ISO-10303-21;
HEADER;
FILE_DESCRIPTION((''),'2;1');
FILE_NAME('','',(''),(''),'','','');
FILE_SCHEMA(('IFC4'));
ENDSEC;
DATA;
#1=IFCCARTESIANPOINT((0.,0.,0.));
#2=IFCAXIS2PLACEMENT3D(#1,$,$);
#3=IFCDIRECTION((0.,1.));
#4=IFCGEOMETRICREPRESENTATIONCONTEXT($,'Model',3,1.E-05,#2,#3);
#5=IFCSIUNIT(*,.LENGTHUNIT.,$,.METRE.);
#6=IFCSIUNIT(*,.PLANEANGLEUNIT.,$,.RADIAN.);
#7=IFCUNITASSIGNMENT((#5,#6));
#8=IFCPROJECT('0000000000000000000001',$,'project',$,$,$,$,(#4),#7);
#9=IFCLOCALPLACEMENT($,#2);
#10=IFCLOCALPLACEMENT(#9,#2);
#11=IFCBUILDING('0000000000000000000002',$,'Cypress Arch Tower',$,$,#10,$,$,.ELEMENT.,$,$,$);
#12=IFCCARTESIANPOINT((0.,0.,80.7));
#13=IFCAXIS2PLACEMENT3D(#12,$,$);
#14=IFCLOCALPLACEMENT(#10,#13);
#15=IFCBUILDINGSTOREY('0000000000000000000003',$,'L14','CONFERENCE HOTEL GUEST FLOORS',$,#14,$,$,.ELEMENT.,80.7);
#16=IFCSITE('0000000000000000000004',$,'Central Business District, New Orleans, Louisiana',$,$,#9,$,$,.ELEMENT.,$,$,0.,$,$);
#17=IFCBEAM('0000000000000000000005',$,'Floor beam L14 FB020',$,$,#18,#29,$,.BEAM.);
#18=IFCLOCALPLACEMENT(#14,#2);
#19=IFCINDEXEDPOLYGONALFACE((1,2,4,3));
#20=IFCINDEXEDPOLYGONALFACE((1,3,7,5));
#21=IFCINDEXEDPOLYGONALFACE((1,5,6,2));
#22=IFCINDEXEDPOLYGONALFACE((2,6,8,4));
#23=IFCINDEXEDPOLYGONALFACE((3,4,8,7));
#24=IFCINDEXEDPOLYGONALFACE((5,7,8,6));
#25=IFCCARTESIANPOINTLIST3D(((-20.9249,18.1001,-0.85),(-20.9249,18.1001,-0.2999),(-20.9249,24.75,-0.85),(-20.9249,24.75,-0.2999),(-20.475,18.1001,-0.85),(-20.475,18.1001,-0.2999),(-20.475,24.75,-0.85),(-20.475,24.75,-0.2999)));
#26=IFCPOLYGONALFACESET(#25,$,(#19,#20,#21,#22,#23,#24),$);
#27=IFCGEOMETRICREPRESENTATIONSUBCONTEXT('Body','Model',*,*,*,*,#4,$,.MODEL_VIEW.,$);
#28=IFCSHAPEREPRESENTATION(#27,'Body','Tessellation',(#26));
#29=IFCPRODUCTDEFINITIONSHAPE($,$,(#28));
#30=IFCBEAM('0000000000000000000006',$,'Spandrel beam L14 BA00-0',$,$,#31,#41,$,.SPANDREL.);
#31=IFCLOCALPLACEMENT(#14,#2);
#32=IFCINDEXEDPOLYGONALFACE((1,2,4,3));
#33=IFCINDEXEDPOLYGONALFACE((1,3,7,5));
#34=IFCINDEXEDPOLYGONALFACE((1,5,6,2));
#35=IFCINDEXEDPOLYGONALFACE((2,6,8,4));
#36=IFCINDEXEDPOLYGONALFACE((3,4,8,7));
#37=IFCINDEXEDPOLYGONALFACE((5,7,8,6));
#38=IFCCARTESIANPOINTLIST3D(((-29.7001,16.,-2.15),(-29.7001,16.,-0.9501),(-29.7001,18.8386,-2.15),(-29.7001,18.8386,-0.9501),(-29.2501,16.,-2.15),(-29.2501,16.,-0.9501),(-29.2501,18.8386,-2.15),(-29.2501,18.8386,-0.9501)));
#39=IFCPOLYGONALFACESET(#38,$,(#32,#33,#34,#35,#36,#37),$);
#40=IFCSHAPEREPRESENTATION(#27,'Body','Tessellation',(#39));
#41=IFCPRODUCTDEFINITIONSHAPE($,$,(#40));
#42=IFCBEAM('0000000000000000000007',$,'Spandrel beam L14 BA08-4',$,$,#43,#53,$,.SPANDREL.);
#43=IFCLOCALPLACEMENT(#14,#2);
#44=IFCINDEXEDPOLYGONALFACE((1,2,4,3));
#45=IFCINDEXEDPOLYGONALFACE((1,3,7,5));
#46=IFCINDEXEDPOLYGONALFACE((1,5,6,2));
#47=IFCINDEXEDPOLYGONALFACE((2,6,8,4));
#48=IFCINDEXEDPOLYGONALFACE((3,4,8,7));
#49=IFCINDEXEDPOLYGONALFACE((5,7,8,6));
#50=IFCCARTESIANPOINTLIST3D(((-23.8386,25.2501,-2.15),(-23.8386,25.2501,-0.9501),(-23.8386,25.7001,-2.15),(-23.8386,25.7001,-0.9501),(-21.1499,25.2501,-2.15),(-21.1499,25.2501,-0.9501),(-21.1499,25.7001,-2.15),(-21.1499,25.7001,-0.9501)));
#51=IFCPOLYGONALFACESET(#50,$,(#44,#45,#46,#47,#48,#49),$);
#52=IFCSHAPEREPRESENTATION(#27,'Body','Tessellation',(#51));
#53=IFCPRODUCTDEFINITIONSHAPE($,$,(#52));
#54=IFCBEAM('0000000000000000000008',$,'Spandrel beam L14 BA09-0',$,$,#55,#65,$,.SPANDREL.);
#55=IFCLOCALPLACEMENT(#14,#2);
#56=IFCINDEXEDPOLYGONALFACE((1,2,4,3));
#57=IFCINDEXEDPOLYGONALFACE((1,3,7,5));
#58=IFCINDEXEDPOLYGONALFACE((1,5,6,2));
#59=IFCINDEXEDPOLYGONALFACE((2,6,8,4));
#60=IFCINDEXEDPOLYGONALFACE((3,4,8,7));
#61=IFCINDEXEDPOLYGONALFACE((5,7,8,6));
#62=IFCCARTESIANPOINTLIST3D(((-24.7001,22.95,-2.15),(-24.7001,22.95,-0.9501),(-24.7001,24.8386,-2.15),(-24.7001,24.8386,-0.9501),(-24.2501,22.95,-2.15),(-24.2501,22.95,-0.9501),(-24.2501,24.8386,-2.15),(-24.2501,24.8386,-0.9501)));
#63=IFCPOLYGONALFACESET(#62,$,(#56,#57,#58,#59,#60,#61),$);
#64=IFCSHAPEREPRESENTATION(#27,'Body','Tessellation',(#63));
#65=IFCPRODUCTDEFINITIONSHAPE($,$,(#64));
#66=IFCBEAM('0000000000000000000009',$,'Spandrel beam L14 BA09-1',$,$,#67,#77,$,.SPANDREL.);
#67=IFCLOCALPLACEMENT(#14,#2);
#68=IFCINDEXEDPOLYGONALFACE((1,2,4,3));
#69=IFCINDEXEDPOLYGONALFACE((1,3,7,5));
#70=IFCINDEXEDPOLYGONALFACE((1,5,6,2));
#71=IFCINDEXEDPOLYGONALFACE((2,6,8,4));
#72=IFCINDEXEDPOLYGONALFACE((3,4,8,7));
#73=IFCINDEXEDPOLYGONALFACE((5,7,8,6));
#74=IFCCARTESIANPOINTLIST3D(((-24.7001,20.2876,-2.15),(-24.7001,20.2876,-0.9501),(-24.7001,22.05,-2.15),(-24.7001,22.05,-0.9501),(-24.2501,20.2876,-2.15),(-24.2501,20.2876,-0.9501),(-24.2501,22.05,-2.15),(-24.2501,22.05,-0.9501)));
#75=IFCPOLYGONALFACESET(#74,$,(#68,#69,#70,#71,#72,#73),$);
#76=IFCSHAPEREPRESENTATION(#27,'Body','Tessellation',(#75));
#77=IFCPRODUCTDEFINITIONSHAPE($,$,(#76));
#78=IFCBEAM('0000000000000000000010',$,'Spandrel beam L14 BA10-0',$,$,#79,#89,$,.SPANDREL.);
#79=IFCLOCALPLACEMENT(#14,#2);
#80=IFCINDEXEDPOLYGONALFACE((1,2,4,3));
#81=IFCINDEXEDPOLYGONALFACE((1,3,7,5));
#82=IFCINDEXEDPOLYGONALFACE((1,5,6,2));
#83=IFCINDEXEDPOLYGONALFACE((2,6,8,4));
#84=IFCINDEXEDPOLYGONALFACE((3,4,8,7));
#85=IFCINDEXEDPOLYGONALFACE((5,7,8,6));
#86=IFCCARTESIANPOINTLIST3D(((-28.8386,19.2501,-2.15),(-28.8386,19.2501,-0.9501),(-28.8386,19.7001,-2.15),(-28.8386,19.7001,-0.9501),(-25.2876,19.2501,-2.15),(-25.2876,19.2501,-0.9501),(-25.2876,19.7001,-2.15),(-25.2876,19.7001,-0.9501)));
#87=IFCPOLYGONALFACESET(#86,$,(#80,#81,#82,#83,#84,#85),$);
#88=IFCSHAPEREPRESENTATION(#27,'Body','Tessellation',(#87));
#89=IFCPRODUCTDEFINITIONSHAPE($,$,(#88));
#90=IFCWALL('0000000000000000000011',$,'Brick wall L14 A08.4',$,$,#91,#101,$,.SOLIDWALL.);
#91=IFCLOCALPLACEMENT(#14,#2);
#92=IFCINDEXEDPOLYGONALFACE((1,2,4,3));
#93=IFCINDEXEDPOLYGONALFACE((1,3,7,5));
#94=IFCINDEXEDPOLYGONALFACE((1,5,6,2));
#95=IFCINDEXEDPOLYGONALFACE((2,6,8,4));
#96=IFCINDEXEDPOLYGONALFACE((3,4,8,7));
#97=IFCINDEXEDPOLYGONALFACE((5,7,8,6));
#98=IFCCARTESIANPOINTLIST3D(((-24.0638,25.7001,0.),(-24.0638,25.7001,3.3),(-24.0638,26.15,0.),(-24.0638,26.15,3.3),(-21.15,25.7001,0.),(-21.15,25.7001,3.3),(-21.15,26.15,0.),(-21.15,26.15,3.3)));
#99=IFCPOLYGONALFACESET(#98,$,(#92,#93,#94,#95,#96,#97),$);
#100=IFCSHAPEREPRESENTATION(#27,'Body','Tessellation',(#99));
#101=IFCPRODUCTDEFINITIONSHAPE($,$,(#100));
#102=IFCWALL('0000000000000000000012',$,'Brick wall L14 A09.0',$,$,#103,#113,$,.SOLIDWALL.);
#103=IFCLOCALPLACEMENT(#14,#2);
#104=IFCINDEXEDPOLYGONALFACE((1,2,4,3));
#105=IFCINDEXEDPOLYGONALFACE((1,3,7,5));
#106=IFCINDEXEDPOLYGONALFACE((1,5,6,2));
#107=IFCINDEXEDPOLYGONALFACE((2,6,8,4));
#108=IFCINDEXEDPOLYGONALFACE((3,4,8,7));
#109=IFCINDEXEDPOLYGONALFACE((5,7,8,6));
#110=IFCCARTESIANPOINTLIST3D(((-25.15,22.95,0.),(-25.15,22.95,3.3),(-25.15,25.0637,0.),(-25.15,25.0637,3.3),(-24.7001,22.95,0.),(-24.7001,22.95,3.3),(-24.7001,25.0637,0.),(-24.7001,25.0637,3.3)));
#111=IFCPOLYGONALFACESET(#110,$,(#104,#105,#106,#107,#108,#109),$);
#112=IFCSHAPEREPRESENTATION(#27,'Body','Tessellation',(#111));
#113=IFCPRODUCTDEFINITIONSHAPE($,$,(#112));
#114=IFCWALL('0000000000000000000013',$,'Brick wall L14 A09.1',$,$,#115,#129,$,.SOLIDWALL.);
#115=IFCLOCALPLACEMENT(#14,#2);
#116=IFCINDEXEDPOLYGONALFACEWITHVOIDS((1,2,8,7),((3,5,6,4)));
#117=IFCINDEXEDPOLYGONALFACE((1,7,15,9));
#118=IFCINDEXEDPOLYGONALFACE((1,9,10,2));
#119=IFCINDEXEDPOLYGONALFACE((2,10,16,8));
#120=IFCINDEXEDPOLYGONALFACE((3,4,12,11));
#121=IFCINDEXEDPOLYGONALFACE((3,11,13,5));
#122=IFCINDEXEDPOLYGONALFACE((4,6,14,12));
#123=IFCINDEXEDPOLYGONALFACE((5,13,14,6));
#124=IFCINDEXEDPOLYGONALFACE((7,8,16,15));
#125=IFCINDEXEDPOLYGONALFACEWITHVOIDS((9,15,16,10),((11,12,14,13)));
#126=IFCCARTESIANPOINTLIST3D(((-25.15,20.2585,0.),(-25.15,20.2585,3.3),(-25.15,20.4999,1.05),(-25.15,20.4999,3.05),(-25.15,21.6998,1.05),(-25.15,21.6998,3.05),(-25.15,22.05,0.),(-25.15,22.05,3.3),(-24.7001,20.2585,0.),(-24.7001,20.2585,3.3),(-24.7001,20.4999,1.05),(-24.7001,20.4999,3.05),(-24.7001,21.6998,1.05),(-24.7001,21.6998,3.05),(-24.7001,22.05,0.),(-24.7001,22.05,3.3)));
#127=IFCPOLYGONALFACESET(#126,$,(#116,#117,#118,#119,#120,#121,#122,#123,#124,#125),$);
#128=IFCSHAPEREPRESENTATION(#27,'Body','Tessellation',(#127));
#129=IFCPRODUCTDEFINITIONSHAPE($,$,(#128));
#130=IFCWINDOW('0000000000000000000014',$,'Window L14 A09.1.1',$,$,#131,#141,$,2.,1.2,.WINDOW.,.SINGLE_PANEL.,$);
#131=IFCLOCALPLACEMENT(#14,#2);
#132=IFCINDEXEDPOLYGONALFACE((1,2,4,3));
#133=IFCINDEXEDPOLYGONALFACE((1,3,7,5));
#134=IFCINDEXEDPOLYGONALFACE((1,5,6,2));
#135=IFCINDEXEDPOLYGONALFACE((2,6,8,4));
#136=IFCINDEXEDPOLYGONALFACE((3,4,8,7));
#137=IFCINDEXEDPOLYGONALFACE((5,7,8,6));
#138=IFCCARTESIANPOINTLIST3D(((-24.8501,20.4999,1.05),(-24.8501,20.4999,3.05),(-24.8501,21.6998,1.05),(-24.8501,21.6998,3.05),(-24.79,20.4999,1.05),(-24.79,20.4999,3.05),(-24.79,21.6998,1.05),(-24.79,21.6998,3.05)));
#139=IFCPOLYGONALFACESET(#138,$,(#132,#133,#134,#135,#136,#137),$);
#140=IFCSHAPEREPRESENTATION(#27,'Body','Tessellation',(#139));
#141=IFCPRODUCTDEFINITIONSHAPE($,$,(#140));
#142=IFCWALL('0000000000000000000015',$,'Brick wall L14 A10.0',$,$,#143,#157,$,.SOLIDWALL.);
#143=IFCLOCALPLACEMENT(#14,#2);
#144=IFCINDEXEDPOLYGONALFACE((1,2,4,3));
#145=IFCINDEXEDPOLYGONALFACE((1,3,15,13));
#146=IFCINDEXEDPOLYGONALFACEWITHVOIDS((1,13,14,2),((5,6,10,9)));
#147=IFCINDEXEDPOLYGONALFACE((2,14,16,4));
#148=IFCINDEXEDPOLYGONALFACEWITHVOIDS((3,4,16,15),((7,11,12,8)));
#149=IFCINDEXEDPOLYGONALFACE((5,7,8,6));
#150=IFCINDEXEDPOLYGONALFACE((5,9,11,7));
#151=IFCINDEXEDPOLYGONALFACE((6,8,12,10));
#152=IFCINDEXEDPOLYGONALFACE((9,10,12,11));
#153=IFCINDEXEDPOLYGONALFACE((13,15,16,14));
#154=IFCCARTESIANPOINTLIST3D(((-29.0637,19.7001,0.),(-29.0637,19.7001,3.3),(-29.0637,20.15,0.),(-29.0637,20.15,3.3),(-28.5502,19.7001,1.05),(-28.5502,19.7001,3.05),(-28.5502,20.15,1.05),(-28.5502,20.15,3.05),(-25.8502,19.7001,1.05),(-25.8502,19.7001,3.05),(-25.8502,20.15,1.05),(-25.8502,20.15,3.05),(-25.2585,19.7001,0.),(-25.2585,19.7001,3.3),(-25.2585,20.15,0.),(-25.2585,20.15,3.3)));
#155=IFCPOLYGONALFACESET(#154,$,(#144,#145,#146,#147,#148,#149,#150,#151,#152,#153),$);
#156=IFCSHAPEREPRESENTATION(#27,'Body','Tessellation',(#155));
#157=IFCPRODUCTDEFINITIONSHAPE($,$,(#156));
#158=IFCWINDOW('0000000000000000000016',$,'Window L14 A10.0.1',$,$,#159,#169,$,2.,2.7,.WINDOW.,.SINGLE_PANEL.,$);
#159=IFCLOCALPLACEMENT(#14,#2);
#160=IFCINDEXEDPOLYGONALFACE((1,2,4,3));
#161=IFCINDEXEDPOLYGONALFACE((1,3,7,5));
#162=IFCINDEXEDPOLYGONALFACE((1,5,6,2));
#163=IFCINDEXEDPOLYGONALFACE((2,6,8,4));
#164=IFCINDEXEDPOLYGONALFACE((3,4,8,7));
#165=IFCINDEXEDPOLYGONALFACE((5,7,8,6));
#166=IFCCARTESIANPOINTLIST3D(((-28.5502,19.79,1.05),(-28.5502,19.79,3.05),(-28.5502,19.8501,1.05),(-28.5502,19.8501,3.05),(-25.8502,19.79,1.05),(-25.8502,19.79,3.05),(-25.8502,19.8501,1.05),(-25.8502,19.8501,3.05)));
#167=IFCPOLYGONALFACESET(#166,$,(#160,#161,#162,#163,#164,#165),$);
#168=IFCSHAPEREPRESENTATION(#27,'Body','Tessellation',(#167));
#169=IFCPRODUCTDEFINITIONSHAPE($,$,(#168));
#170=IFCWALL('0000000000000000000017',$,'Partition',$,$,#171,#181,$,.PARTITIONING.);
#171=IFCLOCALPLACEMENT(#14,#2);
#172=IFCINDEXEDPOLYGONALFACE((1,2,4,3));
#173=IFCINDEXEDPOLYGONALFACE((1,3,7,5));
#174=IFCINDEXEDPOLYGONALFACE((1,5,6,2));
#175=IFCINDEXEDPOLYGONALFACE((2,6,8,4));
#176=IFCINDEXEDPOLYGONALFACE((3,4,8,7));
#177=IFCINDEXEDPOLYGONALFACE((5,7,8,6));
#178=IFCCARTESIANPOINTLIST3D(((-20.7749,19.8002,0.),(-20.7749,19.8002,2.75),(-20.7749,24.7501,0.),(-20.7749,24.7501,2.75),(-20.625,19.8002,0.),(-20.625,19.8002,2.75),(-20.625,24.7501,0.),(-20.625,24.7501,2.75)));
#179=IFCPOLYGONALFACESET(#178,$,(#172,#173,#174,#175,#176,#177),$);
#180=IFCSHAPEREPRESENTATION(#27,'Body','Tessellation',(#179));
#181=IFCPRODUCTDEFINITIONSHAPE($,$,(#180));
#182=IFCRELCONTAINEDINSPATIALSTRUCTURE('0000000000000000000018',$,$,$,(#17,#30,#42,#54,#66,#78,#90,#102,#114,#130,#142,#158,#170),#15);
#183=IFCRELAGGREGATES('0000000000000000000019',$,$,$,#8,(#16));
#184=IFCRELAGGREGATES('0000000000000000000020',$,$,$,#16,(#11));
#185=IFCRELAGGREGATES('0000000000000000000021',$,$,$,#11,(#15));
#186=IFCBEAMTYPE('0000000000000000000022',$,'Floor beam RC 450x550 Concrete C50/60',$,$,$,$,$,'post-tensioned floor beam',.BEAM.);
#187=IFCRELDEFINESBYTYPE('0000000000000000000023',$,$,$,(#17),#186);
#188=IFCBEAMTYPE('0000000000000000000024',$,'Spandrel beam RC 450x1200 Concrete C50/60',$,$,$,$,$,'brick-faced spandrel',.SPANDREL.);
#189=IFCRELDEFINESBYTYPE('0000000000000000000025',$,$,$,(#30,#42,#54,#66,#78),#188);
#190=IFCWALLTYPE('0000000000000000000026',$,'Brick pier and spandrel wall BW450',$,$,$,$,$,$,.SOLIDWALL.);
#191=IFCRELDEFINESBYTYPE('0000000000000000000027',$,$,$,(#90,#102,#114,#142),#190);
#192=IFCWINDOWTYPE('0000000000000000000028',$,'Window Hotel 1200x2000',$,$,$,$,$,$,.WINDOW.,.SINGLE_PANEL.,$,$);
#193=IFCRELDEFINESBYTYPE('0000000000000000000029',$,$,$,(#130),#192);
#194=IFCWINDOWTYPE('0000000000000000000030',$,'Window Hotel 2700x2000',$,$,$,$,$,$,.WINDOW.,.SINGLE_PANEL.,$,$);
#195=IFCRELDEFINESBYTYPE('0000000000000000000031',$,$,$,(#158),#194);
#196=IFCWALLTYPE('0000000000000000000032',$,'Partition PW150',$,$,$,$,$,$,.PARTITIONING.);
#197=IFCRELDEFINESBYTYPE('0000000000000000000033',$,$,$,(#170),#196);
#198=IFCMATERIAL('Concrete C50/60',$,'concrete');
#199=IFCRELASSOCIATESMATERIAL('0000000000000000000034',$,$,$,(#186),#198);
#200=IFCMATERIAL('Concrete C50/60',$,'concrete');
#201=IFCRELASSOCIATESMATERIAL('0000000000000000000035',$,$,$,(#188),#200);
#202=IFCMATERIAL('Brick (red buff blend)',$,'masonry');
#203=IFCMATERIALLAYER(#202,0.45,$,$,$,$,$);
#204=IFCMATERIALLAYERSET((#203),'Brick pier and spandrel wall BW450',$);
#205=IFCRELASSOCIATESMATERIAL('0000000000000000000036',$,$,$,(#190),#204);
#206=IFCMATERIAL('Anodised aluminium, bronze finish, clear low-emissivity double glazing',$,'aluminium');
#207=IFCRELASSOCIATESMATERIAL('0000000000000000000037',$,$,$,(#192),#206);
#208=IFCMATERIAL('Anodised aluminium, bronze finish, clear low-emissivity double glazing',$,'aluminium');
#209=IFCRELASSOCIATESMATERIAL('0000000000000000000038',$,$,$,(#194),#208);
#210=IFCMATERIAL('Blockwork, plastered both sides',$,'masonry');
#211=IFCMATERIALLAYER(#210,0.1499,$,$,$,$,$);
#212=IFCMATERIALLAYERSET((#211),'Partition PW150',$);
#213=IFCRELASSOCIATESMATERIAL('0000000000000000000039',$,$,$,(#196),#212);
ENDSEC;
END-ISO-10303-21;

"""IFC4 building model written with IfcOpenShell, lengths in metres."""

from ifc_helpers import new_model, si_unit, direction, frame, frame_2d, origin, origin_2d, place, context, subcontext, project, spatial, rectangle, extrude, material, layer, layer_set, material_profile, profile_set, type_object, element, fill, save


model = new_model("IFC4")

# Units and contexts
model_context = context("Model", 3, precision=1e-05, world=origin(), true_north=direction((0.0, 1.0)))
body_context = subcontext(model_context, "Body", "Model", "MODEL_VIEW")
ifc_project = project(units=[si_unit("LENGTHUNIT", "METRE"), si_unit("PLANEANGLEUNIT", "RADIAN")], contexts=[model_context])

# Site, building, storey
site_placement = place(None, origin())
site = spatial("IfcSite", under=ifc_project, at=site_placement, Name="Central Business District, New Orleans, Louisiana", CompositionType="ELEMENT", RefElevation=0.0)
building_placement = place(site_placement, origin())
building = spatial("IfcBuilding", under=site, at=building_placement, Name="Cypress Arch Tower", CompositionType="ELEMENT")
storey_placement = place(building_placement, frame((0.0, 0.0, 80.7)))
storey = spatial("IfcBuildingStorey", under=building, at=storey_placement, Name="L14", Description="CONFERENCE HOTEL GUEST FLOORS", CompositionType="ELEMENT", Elevation=80.7)

# Beams
ifc_material_1 = material(Name="Concrete C50/60", Category="concrete")
ifc_material_profile_1 = material_profile(ifc_material_1, rectangle(XDim=0.45, YDim=0.55, at=origin_2d()), Name="RC 450x550")
ifc_profile_set_1 = profile_set([ifc_material_profile_1], Name="Concrete C50/60")
beam_type_1 = type_object("IfcBeamType", Name="Floor beam RC 450x550 Concrete C50/60", ElementType="post-tensioned floor beam", PredefinedType="BEAM", material=ifc_profile_set_1)
beam_1_placement = place(storey_placement, frame((-20.7, 18.1001, -0.575), z_axis=(0.0, 1.0, 0.0), x_axis=(-1.0, 0.0, 0.0)))
element("IfcBeam", 1, at=beam_1_placement, inside=storey, type_object=beam_type_1, Name="Floor beam L14 FB020", PredefinedType="BEAM", context=body_context, shape_type="SweptSolid", body=[
    extrude(rectangle(XDim=0.45, YDim=0.55, at=origin_2d()), origin(), (0.0, 0.0, 1.0), 6.6499),
])
ifc_material_2 = material(Name="Concrete C50/60", Category="concrete")
ifc_material_profile_2 = material_profile(ifc_material_2, rectangle(XDim=0.45, YDim=1.2, at=origin_2d()), Name="RC 450x1200")
ifc_profile_set_2 = profile_set([ifc_material_profile_2], Name="Concrete C50/60")
beam_type_2 = type_object("IfcBeamType", Name="Spandrel beam RC 450x1200 Concrete C50/60", ElementType="brick-faced spandrel", PredefinedType="SPANDREL", material=ifc_profile_set_2)
beam_2_placement = place(storey_placement, frame((-29.4751, 18.8386, -1.55), z_axis=(0.0, -1.0, 0.0), x_axis=(1.0, 0.0, 0.0)))
element("IfcBeam", 2, at=beam_2_placement, inside=storey, type_object=beam_type_2, Name="Spandrel beam L14 BA00-0", PredefinedType="SPANDREL", context=body_context, shape_type="SweptSolid", body=[
    extrude(rectangle(XDim=0.45, YDim=1.2, at=origin_2d()), origin(), (0.0, 0.0, 1.0), 2.8386),
])
beam_3_placement = place(storey_placement, frame((-21.1499, 25.4751, -1.55), z_axis=(-1.0, 0.0, 0.0), x_axis=(0.0, -1.0, 0.0)))
element("IfcBeam", 3, at=beam_3_placement, inside=storey, type_object=beam_type_2, Name="Spandrel beam L14 BA08-4", PredefinedType="SPANDREL", context=body_context, shape_type="SweptSolid", body=[
    extrude(rectangle(XDim=0.45, YDim=1.2, at=origin_2d()), origin(), (0.0, 0.0, 1.0), 2.6887),
])
beam_4_placement = place(storey_placement, frame((-24.4751, 24.8386, -1.55), z_axis=(0.0, -1.0, 0.0), x_axis=(1.0, 0.0, 0.0)))
element("IfcBeam", 4, at=beam_4_placement, inside=storey, type_object=beam_type_2, Name="Spandrel beam L14 BA09-0", PredefinedType="SPANDREL", context=body_context, shape_type="SweptSolid", body=[
    extrude(rectangle(XDim=0.45, YDim=1.2, at=origin_2d()), origin(), (0.0, 0.0, 1.0), 1.8887),
])
beam_5_placement = place(storey_placement, frame((-24.4751, 22.05, -1.55), z_axis=(0.0, -1.0, 0.0), x_axis=(1.0, 0.0, 0.0)))
element("IfcBeam", 5, at=beam_5_placement, inside=storey, type_object=beam_type_2, Name="Spandrel beam L14 BA09-1", PredefinedType="SPANDREL", context=body_context, shape_type="SweptSolid", body=[
    extrude(rectangle(XDim=0.45, YDim=1.2, at=origin_2d()), origin(), (0.0, 0.0, 1.0), 1.7625),
])
beam_6_placement = place(storey_placement, frame((-25.2876, 19.4751, -1.55), z_axis=(-1.0, 0.0, 0.0), x_axis=(0.0, -1.0, 0.0)))
element("IfcBeam", 6, at=beam_6_placement, inside=storey, type_object=beam_type_2, Name="Spandrel beam L14 BA10-0", PredefinedType="SPANDREL", context=body_context, shape_type="SweptSolid", body=[
    extrude(rectangle(XDim=0.45, YDim=1.2, at=origin_2d()), origin(), (0.0, 0.0, 1.0), 3.551),
])

# Shared definitions
ifc_material_3 = material(Name="Brick (red buff blend)", Category="masonry")
ifc_layer_1 = layer(ifc_material_3, 0.45)
ifc_layer_set_1 = layer_set([ifc_layer_1], Name="Brick pier and spandrel wall BW450")
wall_type_1 = type_object("IfcWallType", Name="Brick pier and spandrel wall BW450", PredefinedType="SOLIDWALL", material=ifc_layer_set_1)

# Walls
wall_1_placement = place(storey_placement, frame((-21.1499, 25.925, 0.0), z_axis=(0.0, 0.0, 1.0), x_axis=(-1.0, 0.0, 0.0)))
element("IfcWall", 7, at=wall_1_placement, inside=storey, type_object=wall_type_1, Name="Brick wall L14 A08.4", PredefinedType="SOLIDWALL", context=body_context, shape_type="SweptSolid", body=[
    extrude(rectangle(XDim=2.9138, YDim=0.45, at=frame_2d((1.457, 0.0))), origin(), (0.0, 0.0, 1.0), 3.3),
])
wall_2_placement = place(storey_placement, frame((-24.925, 25.0637, 0.0), z_axis=(0.0, 0.0, 1.0), x_axis=(0.0, -1.0, 0.0)))
element("IfcWall", 8, at=wall_2_placement, inside=storey, type_object=wall_type_1, Name="Brick wall L14 A09.0", PredefinedType="SOLIDWALL", context=body_context, shape_type="SweptSolid", body=[
    extrude(rectangle(XDim=2.1138, YDim=0.45, at=frame_2d((1.0569, 0.0))), origin(), (0.0, 0.0, 1.0), 3.3),
])

# Walls, openings, windows
wall_3_placement = place(storey_placement, frame((-24.925, 22.05, 0.0), z_axis=(0.0, 0.0, 1.0), x_axis=(0.0, -1.0, 0.0)))
wall_3 = element("IfcWall", 9, at=wall_3_placement, inside=storey, type_object=wall_type_1, Name="Brick wall L14 A09.1", PredefinedType="SOLIDWALL", context=body_context, shape_type="SweptSolid", body=[
    extrude(rectangle(XDim=1.7915, YDim=0.45, at=frame_2d((0.8958, 0.0))), origin(), (0.0, 0.0, 1.0), 3.3),
])
opening_1_placement = place(wall_3_placement, frame((0.3501, 0.0, 1.05)))
opening_1 = element("IfcOpeningElement", 10, at=opening_1_placement, cuts=wall_3, PredefinedType="OPENING", context=body_context, shape_type="SweptSolid", body=[
    extrude(rectangle(XDim=1.2, YDim=2.0, at=frame_2d((0.6001, 1.0))), frame((0.0, 0.2349, 0.0), z_axis=(0.0, -1.0, 0.0), x_axis=(1.0, 0.0, 0.0)), (0.0, 0.0, 1.0), 0.47),
])
ifc_material_4 = material(Name="Anodised aluminium, bronze finish, clear low-emissivity double glazing", Category="aluminium")
window_type_1 = type_object("IfcWindowType", Name="Window Hotel 1200x2000", PartitioningType="SINGLE_PANEL", PredefinedType="WINDOW", material=ifc_material_4)
window_1_placement = place(opening_1_placement, origin())
window_1 = element("IfcWindow", 11, at=window_1_placement, inside=storey, type_object=window_type_1, Name="Window L14 A09.1.1", OverallHeight=2.0, OverallWidth=1.2, PartitioningType="SINGLE_PANEL", PredefinedType="WINDOW", context=body_context, shape_type="SweptSolid", body=[
    extrude(rectangle(XDim=1.2, YDim=2.0, at=frame_2d((0.6001, 1.0))), frame((0.0, 0.135, 0.0), z_axis=(0.0, -1.0, 0.0), x_axis=(1.0, 0.0, 0.0)), (0.0, 0.0, 1.0), 0.0601),
])
fill(opening_1, window_1)
wall_4_placement = place(storey_placement, frame((-25.2585, 19.925, 0.0), z_axis=(0.0, 0.0, 1.0), x_axis=(-1.0, 0.0, 0.0)))
wall_4 = element("IfcWall", 12, at=wall_4_placement, inside=storey, type_object=wall_type_1, Name="Brick wall L14 A10.0", PredefinedType="SOLIDWALL", context=body_context, shape_type="SweptSolid", body=[
    extrude(rectangle(XDim=3.8052, YDim=0.45, at=frame_2d((1.9026, 0.0))), origin(), (0.0, 0.0, 1.0), 3.3),
])
opening_2_placement = place(wall_4_placement, frame((0.5916, 0.0, 1.05)))
opening_2 = element("IfcOpeningElement", 13, at=opening_2_placement, cuts=wall_4, PredefinedType="OPENING", context=body_context, shape_type="SweptSolid", body=[
    extrude(rectangle(XDim=2.7, YDim=2.0, at=frame_2d((1.3501, 1.0))), frame((0.0, 0.2349, 0.0), z_axis=(0.0, -1.0, 0.0), x_axis=(1.0, 0.0, 0.0)), (0.0, 0.0, 1.0), 0.47),
])
ifc_material_5 = material(Name="Anodised aluminium, bronze finish, clear low-emissivity double glazing", Category="aluminium")
window_type_2 = type_object("IfcWindowType", Name="Window Hotel 2700x2000", PartitioningType="SINGLE_PANEL", PredefinedType="WINDOW", material=ifc_material_5)
window_2_placement = place(opening_2_placement, origin())
window_2 = element("IfcWindow", 14, at=window_2_placement, inside=storey, type_object=window_type_2, Name="Window L14 A10.0.1", OverallHeight=2.0, OverallWidth=2.7, PartitioningType="SINGLE_PANEL", PredefinedType="WINDOW", context=body_context, shape_type="SweptSolid", body=[
    extrude(rectangle(XDim=2.7, YDim=2.0, at=frame_2d((1.3501, 1.0))), frame((0.0, 0.135, 0.0), z_axis=(0.0, -1.0, 0.0), x_axis=(1.0, 0.0, 0.0)), (0.0, 0.0, 1.0), 0.0601),
])
fill(opening_2, window_2)

# Wall
ifc_material_6 = material(Name="Blockwork, plastered both sides", Category="masonry")
ifc_layer_2 = layer(ifc_material_6, 0.1499)
ifc_layer_set_2 = layer_set([ifc_layer_2], Name="Partition PW150")
wall_type_2 = type_object("IfcWallType", Name="Partition PW150", PredefinedType="PARTITIONING", material=ifc_layer_set_2)
wall_5_placement = place(storey_placement, frame((-20.7, 19.8, 0.0), z_axis=(0.0, 0.0, 1.0), x_axis=(0.0, 1.0, 0.0)))
element("IfcWall", 15, at=wall_5_placement, inside=storey, type_object=wall_type_2, Name="Partition", PredefinedType="PARTITIONING", context=body_context, shape_type="SweptSolid", body=[
    extrude(rectangle(XDim=4.95, YDim=0.1499, at=frame_2d((2.4751, 0.0))), origin(), (0.0, 0.0, 1.0), 2.75),
])

save(model, "model.ifc")
